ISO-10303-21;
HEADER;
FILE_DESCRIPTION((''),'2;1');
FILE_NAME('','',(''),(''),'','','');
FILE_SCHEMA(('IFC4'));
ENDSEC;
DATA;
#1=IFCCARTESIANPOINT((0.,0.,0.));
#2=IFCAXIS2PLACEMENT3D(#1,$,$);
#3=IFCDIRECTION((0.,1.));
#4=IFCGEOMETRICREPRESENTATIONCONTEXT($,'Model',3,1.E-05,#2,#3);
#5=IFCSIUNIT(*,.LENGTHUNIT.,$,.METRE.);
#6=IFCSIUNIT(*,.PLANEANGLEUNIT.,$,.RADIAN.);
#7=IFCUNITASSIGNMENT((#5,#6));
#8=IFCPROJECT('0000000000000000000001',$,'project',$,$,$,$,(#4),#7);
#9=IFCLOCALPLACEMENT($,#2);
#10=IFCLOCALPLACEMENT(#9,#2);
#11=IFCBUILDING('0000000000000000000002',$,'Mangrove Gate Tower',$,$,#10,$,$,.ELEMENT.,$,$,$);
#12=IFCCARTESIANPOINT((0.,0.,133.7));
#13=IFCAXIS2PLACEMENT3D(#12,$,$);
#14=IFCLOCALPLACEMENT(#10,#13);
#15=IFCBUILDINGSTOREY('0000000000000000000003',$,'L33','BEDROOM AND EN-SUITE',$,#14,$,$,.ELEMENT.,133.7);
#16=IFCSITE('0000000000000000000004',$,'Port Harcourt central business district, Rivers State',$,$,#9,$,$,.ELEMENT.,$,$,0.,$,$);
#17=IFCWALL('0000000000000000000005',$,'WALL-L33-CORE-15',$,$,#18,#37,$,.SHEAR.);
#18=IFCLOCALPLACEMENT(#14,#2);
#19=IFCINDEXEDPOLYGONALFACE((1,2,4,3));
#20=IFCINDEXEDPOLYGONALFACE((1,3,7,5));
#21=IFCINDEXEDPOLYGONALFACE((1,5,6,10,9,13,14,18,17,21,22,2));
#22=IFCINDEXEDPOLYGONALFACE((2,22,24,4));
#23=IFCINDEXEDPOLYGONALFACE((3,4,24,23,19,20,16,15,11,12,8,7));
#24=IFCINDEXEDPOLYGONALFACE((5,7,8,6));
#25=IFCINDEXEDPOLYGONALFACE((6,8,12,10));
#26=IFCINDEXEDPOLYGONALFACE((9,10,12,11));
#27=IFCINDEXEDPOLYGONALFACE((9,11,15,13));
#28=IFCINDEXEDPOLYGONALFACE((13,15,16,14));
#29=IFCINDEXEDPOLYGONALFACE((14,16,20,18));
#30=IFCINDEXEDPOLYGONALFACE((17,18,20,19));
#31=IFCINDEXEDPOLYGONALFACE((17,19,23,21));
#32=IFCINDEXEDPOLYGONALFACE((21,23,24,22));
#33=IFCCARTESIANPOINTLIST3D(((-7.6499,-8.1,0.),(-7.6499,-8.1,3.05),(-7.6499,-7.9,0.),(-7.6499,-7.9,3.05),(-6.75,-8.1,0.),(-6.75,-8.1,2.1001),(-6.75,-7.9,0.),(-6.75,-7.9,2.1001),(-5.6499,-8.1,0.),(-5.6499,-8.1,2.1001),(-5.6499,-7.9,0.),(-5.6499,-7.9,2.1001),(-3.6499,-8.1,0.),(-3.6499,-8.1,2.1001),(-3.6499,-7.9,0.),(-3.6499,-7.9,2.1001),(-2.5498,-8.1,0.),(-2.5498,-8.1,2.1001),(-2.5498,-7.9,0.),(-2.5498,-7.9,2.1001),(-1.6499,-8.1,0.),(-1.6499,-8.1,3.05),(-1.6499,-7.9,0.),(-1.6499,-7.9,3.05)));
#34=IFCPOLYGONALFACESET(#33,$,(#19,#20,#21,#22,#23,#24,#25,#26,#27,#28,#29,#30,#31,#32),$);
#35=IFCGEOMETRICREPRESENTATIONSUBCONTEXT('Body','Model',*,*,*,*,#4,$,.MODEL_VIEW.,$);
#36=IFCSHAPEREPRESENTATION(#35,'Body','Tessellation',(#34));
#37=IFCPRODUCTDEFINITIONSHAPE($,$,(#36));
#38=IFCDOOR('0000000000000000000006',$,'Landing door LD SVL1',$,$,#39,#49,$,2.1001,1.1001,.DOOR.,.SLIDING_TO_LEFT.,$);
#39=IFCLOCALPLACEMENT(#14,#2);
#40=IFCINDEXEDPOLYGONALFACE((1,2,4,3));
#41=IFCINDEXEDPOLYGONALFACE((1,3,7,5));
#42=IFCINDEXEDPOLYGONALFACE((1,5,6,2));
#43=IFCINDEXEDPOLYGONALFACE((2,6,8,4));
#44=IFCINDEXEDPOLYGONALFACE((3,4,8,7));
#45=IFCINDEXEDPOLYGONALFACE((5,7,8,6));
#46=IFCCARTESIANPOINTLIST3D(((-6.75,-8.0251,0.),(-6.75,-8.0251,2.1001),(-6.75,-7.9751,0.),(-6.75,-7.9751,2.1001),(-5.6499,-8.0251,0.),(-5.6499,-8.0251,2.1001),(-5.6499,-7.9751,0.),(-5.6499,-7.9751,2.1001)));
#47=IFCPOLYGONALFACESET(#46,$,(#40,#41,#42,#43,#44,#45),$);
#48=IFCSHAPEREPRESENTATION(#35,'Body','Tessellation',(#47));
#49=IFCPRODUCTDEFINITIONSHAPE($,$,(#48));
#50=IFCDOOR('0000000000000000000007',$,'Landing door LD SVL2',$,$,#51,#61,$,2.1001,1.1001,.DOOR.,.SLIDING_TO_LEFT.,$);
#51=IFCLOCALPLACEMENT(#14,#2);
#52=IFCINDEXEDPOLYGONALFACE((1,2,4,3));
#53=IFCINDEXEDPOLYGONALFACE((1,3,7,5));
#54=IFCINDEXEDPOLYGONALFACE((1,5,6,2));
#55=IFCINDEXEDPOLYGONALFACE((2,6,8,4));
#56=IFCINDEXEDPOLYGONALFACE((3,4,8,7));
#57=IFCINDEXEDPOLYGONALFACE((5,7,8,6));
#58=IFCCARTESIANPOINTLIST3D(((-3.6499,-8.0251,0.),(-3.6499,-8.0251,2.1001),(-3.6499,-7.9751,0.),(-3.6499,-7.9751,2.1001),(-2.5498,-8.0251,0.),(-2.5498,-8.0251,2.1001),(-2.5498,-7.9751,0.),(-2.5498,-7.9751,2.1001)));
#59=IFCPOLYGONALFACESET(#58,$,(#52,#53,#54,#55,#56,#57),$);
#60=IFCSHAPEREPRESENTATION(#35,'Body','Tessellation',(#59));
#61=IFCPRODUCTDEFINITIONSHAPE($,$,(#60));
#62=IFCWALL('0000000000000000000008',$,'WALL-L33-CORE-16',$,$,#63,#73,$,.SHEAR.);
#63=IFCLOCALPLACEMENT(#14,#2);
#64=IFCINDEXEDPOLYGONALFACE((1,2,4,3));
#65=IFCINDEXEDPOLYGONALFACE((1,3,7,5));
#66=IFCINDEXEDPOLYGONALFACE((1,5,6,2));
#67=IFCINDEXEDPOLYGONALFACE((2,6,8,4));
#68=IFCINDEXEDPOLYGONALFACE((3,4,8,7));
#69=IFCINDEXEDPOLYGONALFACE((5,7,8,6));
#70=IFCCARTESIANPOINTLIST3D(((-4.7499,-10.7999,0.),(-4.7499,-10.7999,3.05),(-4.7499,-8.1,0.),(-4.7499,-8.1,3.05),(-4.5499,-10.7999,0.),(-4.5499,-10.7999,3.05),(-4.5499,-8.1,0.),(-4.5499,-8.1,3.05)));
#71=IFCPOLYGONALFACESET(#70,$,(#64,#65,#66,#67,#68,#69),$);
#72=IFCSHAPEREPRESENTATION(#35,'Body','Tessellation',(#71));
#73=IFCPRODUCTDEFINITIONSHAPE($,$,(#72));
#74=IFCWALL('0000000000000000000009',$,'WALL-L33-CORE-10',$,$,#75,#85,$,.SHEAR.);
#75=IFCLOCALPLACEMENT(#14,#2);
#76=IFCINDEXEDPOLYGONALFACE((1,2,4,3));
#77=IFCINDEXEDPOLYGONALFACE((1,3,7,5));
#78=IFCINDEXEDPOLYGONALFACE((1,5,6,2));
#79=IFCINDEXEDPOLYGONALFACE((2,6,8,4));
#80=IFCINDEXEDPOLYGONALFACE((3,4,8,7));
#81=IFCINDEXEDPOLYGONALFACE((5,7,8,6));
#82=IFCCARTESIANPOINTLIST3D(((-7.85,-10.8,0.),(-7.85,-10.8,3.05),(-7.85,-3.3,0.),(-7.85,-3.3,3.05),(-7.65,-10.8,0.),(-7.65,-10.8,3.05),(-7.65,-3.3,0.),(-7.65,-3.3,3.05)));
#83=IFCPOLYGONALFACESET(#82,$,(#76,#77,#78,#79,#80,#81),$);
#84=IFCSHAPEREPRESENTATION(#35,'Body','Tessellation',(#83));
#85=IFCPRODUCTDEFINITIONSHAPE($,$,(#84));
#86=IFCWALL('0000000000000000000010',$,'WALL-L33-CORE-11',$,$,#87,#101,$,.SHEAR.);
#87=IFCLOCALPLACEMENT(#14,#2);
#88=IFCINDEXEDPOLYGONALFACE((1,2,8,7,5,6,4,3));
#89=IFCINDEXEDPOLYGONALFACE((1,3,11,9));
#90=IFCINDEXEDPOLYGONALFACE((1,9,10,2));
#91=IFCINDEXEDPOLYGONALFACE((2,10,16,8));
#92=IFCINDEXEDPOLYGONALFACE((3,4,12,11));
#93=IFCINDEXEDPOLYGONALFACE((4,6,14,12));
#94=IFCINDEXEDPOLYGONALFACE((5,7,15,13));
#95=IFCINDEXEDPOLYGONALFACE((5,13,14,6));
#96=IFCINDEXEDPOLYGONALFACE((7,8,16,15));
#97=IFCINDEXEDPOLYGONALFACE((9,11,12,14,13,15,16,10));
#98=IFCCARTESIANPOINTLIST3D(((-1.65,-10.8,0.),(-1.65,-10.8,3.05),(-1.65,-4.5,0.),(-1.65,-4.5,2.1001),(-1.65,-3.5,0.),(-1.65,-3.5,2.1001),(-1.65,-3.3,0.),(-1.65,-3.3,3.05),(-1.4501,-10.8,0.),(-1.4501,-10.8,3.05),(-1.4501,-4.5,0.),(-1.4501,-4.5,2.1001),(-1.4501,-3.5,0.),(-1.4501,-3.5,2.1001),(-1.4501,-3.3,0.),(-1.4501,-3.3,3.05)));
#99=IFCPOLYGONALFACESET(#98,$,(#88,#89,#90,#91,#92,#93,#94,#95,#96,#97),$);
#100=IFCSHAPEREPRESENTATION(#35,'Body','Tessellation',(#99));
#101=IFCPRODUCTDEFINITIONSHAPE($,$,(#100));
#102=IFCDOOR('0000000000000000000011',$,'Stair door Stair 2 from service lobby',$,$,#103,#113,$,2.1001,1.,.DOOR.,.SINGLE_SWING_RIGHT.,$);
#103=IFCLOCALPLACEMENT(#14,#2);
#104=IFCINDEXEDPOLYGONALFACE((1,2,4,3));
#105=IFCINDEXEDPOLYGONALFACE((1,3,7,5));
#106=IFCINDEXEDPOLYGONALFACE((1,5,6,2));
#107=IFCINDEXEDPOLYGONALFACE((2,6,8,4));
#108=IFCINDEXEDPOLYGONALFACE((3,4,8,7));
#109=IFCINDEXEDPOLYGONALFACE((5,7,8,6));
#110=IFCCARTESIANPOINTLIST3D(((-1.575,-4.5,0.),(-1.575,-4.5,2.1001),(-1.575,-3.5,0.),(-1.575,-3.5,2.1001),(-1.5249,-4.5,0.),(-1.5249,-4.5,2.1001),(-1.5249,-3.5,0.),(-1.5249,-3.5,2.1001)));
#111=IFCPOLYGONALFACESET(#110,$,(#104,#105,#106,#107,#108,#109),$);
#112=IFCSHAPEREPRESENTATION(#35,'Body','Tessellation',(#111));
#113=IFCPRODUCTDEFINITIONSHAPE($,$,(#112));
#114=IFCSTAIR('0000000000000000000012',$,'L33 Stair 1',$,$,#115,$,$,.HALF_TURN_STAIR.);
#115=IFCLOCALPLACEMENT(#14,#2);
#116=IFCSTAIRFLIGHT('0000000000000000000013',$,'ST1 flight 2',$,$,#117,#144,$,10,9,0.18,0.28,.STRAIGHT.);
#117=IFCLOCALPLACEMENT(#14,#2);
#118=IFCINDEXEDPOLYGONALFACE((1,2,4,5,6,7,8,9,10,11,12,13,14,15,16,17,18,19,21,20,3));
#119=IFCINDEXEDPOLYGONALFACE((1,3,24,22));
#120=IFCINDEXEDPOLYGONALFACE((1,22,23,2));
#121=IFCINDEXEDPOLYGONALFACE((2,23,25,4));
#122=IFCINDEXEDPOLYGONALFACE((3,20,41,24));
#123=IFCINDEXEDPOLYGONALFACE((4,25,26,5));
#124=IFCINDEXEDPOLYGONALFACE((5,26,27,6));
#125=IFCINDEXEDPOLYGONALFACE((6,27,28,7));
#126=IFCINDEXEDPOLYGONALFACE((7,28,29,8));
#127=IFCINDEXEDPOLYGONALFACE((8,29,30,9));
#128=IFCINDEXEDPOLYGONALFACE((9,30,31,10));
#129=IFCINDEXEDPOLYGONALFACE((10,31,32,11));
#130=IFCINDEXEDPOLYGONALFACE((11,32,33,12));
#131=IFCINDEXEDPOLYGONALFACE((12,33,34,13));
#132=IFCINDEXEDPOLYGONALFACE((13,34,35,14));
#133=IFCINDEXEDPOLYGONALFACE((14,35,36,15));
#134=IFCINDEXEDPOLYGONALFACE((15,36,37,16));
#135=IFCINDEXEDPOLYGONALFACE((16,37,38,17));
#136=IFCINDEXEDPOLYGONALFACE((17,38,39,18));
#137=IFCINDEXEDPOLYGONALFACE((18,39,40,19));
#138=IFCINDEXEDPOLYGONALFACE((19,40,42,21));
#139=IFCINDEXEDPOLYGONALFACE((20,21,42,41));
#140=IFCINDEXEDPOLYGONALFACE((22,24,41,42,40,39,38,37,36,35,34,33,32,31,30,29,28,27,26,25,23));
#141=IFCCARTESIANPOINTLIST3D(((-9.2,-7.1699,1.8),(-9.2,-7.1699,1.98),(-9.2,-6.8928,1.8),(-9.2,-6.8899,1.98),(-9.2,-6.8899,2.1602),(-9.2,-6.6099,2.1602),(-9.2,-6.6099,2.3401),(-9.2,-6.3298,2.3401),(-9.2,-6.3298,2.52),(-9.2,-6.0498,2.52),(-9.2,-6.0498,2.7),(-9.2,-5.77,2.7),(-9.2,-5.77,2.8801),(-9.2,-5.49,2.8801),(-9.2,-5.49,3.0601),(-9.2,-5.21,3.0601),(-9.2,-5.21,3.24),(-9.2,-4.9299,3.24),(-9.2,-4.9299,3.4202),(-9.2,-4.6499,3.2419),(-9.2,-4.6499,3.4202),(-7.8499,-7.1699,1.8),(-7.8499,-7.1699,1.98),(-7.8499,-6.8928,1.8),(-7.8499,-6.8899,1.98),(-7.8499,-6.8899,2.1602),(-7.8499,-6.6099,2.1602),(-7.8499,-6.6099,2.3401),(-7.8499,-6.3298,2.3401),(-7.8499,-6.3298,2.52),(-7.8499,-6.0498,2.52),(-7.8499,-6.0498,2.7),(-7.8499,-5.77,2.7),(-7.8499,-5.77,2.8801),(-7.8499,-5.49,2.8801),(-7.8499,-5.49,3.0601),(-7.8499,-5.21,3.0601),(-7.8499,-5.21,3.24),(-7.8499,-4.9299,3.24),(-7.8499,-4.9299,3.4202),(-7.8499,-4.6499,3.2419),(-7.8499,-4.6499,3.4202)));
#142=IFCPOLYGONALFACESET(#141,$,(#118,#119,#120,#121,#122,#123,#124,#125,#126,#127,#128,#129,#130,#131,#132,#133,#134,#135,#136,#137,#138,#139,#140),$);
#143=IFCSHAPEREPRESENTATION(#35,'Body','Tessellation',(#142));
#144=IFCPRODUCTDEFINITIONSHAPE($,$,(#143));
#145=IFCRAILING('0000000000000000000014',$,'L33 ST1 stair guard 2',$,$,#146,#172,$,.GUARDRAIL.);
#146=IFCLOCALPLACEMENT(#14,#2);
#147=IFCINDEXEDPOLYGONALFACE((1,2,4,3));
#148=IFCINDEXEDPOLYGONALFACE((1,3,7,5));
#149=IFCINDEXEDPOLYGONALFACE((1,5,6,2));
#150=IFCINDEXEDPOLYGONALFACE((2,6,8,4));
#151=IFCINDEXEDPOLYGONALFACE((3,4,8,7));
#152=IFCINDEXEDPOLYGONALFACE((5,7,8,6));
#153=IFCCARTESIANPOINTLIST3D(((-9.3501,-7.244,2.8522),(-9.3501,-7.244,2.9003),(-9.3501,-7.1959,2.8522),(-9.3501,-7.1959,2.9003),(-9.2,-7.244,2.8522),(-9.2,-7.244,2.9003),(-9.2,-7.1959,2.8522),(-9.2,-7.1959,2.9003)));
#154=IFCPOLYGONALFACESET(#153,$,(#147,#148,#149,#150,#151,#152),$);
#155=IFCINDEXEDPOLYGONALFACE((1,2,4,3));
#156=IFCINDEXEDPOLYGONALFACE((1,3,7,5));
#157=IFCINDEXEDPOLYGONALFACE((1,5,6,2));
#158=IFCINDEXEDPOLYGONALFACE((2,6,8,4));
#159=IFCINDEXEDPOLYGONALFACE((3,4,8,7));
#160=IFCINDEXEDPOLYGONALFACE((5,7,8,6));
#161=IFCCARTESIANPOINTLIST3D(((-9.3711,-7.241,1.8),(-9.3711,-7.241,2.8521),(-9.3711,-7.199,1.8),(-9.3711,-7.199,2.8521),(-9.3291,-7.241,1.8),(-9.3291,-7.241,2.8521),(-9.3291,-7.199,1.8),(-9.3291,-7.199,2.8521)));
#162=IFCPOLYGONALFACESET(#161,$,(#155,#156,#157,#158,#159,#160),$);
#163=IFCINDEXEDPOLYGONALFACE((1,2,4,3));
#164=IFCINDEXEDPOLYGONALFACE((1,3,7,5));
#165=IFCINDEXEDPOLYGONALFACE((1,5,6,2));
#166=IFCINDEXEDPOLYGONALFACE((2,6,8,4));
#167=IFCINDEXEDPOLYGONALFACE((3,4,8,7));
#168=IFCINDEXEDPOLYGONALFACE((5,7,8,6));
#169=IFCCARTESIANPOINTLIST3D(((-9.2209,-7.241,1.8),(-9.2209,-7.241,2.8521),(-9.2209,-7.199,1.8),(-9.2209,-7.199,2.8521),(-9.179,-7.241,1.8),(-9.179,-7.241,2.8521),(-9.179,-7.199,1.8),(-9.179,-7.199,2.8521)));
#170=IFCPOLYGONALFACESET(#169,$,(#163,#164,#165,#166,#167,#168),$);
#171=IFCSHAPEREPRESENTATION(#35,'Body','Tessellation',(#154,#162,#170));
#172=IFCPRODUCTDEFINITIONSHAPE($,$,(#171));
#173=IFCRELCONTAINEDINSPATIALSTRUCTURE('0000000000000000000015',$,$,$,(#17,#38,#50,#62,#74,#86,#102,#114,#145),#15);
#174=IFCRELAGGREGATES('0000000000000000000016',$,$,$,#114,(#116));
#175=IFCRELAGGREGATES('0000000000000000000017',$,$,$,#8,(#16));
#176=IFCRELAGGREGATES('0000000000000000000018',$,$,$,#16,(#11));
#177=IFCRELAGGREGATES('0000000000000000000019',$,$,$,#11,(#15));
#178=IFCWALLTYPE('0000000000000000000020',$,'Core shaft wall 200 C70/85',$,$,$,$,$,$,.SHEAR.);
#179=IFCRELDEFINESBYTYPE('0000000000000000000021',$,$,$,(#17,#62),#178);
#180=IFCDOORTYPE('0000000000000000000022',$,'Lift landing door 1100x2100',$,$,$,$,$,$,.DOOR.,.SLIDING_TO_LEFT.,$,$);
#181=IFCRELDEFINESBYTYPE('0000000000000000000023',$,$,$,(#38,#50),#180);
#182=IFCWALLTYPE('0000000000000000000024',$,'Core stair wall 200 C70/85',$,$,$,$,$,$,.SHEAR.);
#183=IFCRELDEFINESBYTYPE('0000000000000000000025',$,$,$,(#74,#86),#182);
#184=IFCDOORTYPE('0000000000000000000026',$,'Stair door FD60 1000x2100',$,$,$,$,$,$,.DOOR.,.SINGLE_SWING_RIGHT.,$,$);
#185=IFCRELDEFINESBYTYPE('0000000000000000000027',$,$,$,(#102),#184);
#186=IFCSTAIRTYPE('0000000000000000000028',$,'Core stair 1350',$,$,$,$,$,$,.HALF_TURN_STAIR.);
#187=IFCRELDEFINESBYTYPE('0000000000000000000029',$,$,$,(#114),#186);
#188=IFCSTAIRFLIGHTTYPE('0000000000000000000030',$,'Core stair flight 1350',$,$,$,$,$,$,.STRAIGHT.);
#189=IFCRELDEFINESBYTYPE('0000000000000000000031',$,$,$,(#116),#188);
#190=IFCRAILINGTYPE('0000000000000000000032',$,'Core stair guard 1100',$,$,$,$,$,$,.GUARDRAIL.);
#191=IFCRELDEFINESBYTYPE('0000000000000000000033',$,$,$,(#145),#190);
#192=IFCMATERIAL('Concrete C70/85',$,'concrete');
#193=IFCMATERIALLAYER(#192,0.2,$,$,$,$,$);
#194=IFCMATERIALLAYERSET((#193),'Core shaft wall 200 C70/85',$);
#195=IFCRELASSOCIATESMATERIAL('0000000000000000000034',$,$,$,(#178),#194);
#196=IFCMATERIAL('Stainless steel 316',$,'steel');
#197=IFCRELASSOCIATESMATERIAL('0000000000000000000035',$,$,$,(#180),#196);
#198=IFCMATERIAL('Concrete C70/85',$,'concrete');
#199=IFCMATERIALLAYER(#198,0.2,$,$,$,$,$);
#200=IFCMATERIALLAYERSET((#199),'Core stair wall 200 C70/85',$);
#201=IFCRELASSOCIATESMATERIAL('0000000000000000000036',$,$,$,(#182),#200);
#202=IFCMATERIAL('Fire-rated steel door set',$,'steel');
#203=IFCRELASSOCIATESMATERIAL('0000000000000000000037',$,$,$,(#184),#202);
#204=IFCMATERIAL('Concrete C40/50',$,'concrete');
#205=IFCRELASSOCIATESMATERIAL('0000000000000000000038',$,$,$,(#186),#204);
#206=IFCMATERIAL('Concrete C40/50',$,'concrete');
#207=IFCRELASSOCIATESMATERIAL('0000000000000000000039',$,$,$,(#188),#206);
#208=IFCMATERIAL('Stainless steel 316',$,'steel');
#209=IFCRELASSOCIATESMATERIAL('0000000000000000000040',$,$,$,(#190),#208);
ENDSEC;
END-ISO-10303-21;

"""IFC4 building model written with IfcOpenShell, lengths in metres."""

from ifc_helpers import new_model, si_unit, direction, frame, frame_2d, origin, origin_2d, place, context, subcontext, project, spatial, polyline, rectangle, outline, extrude, material, layer, layer_set, type_object, element, fill, aggregate, save


model = new_model("IFC4")

# Units and contexts
model_context = context("Model", 3, precision=1e-05, world=origin(), true_north=direction((0.0, 1.0)))
body_context = subcontext(model_context, "Body", "Model", "MODEL_VIEW")
ifc_project = project(units=[si_unit("LENGTHUNIT", "METRE"), si_unit("PLANEANGLEUNIT", "RADIAN")], contexts=[model_context])

# Site, building, storey
site_placement = place(None, origin())
site = spatial("IfcSite", under=ifc_project, at=site_placement, Name="Port Harcourt central business district, Rivers State", CompositionType="ELEMENT", RefElevation=0.0)
building_placement = place(site_placement, origin())
building = spatial("IfcBuilding", under=site, at=building_placement, Name="Mangrove Gate Tower", CompositionType="ELEMENT")
storey_placement = place(building_placement, frame((0.0, 0.0, 133.7)))
storey = spatial("IfcBuildingStorey", under=building, at=storey_placement, Name="L33", Description="BEDROOM AND EN-SUITE", CompositionType="ELEMENT", Elevation=133.7)

# Wall, openings, doors
ifc_material_1 = material(Name="Concrete C70/85", Category="concrete")
ifc_layer_1 = layer(ifc_material_1, 0.2)
ifc_layer_set_1 = layer_set([ifc_layer_1], Name="Core shaft wall 200 C70/85")
wall_type_1 = type_object("IfcWallType", Name="Core shaft wall 200 C70/85", PredefinedType="SHEAR", material=ifc_layer_set_1)
wall_1_placement = place(storey_placement, frame((-7.6499, -8.0, 0.0), z_axis=(0.0, 0.0, 1.0), x_axis=(1.0, 0.0, 0.0)))
wall_1 = element("IfcWall", 1, at=wall_1_placement, inside=storey, type_object=wall_type_1, Name="WALL-L33-CORE-15", PredefinedType="SHEAR", context=body_context, shape_type="SweptSolid", body=[
    extrude(rectangle(XDim=6.0, YDim=0.2, at=frame_2d((3.0, 0.0))), origin(), (0.0, 0.0, 1.0), 3.05),
])
opening_1_placement = place(wall_1_placement, frame((0.8999, 0.0, 0.0)))
opening_1 = element("IfcOpeningElement", 2, at=opening_1_placement, cuts=wall_1, PredefinedType="OPENING", context=body_context, shape_type="SweptSolid", body=[
    extrude(rectangle(XDim=1.1001, YDim=2.1001, at=frame_2d((0.55, 1.05))), frame((0.0, 0.1099, 0.0), z_axis=(0.0, -1.0, 0.0), x_axis=(1.0, 0.0, 0.0)), (0.0, 0.0, 1.0), 0.22),
])
opening_2_placement = place(wall_1_placement, frame((4.0, 0.0, 0.0)))
opening_2 = element("IfcOpeningElement", 3, at=opening_2_placement, cuts=wall_1, PredefinedType="OPENING", context=body_context, shape_type="SweptSolid", body=[
    extrude(rectangle(XDim=1.1001, YDim=2.1001, at=frame_2d((0.55, 1.05))), frame((0.0, 0.1099, 0.0), z_axis=(0.0, -1.0, 0.0), x_axis=(1.0, 0.0, 0.0)), (0.0, 0.0, 1.0), 0.22),
])
ifc_material_2 = material(Name="Stainless steel 316", Category="steel")
door_type_1 = type_object("IfcDoorType", Name="Lift landing door 1100x2100", OperationType="SLIDING_TO_LEFT", PredefinedType="DOOR", material=ifc_material_2)
door_1_placement = place(opening_1_placement, origin())
door_1 = element("IfcDoor", 4, at=door_1_placement, inside=storey, type_object=door_type_1, Name="Landing door LD SVL1", OperationType="SLIDING_TO_LEFT", OverallHeight=2.1001, OverallWidth=1.1001, PredefinedType="DOOR", context=body_context, shape_type="SweptSolid", body=[
    extrude(rectangle(XDim=1.1001, YDim=2.1001, at=frame_2d((0.55, 1.05))), frame((0.0, 0.0249, 0.0), z_axis=(0.0, -1.0, 0.0), x_axis=(1.0, 0.0, 0.0)), (0.0, 0.0, 1.0), 0.05),
])
fill(opening_1, door_1)
door_2_placement = place(opening_2_placement, origin())
door_2 = element("IfcDoor", 5, at=door_2_placement, inside=storey, type_object=door_type_1, Name="Landing door LD SVL2", OperationType="SLIDING_TO_LEFT", OverallHeight=2.1001, OverallWidth=1.1001, PredefinedType="DOOR", context=body_context, shape_type="SweptSolid", body=[
    extrude(rectangle(XDim=1.1001, YDim=2.1001, at=frame_2d((0.55, 1.05))), frame((0.0, 0.0249, 0.0), z_axis=(0.0, -1.0, 0.0), x_axis=(1.0, 0.0, 0.0)), (0.0, 0.0, 1.0), 0.05),
])
fill(opening_2, door_2)

# Walls
wall_2_placement = place(storey_placement, frame((-4.6499, -10.8, 0.0), z_axis=(0.0, 0.0, 1.0), x_axis=(0.0, 1.0, 0.0)))
element("IfcWall", 6, at=wall_2_placement, inside=storey, type_object=wall_type_1, Name="WALL-L33-CORE-16", PredefinedType="SHEAR", context=body_context, shape_type="SweptSolid", body=[
    extrude(rectangle(XDim=2.7, YDim=0.2, at=frame_2d((1.3501, 0.0))), origin(), (0.0, 0.0, 1.0), 3.05),
])
ifc_material_3 = material(Name="Concrete C70/85", Category="concrete")
ifc_layer_2 = layer(ifc_material_3, 0.2)
ifc_layer_set_2 = layer_set([ifc_layer_2], Name="Core stair wall 200 C70/85")
wall_type_2 = type_object("IfcWallType", Name="Core stair wall 200 C70/85", PredefinedType="SHEAR", material=ifc_layer_set_2)
wall_3_placement = place(storey_placement, frame((-7.75, -10.8, 0.0), z_axis=(0.0, 0.0, 1.0), x_axis=(0.0, 1.0, 0.0)))
element("IfcWall", 7, at=wall_3_placement, inside=storey, type_object=wall_type_2, Name="WALL-L33-CORE-10", PredefinedType="SHEAR", context=body_context, shape_type="SweptSolid", body=[
    extrude(rectangle(XDim=7.5, YDim=0.2, at=frame_2d((3.75, 0.0))), origin(), (0.0, 0.0, 1.0), 3.05),
])

# Wall, opening, door
wall_4_placement = place(storey_placement, frame((-1.55, -10.8, 0.0), z_axis=(0.0, 0.0, 1.0), x_axis=(0.0, 1.0, 0.0)))
wall_4 = element("IfcWall", 8, at=wall_4_placement, inside=storey, type_object=wall_type_2, Name="WALL-L33-CORE-11", PredefinedType="SHEAR", context=body_context, shape_type="SweptSolid", body=[
    extrude(rectangle(XDim=7.5, YDim=0.2, at=frame_2d((3.75, 0.0))), origin(), (0.0, 0.0, 1.0), 3.05),
])
opening_3_placement = place(wall_4_placement, frame((6.3, 0.0, 0.0)))
opening_3 = element("IfcOpeningElement", 9, at=opening_3_placement, cuts=wall_4, PredefinedType="OPENING", context=body_context, shape_type="SweptSolid", body=[
    extrude(rectangle(XDim=1.0, YDim=2.1001, at=frame_2d((0.5, 1.05))), frame((0.0, 0.1099, 0.0), z_axis=(0.0, -1.0, 0.0), x_axis=(1.0, 0.0, 0.0)), (0.0, 0.0, 1.0), 0.22),
])
ifc_material_4 = material(Name="Fire-rated steel door set", Category="steel")
door_type_2 = type_object("IfcDoorType", Name="Stair door FD60 1000x2100", OperationType="SINGLE_SWING_RIGHT", PredefinedType="DOOR", material=ifc_material_4)
door_3_placement = place(opening_3_placement, origin())
door_3 = element("IfcDoor", 10, at=door_3_placement, inside=storey, type_object=door_type_2, Name="Stair door Stair 2 from service lobby", OperationType="SINGLE_SWING_RIGHT", OverallHeight=2.1001, OverallWidth=1.0, PredefinedType="DOOR", context=body_context, shape_type="SweptSolid", body=[
    extrude(rectangle(XDim=1.0, YDim=2.1001, at=frame_2d((0.5, 1.05))), frame((0.0, 0.0249, 0.0), z_axis=(0.0, -1.0, 0.0), x_axis=(1.0, 0.0, 0.0)), (0.0, 0.0, 1.0), 0.05),
])
fill(opening_3, door_3)

# Stair, stair flight
ifc_material_5 = material(Name="Concrete C40/50", Category="concrete")
stair_type = type_object("IfcStairType", Name="Core stair 1350", PredefinedType="HALF_TURN_STAIR", material=ifc_material_5)
stair_placement = place(storey_placement, origin())
stair = element("IfcStair", 11, at=stair_placement, inside=storey, type_object=stair_type, Name="L33 Stair 1", PredefinedType="HALF_TURN_STAIR")
ifc_material_6 = material(Name="Concrete C40/50", Category="concrete")
stair_flight_type = type_object("IfcStairFlightType", Name="Core stair flight 1350", PredefinedType="STRAIGHT", material=ifc_material_6)
stair_flight_placement = place(storey_placement, frame((-8.5249, -7.1699, 1.8), z_axis=(0.0, 0.0, 1.0), x_axis=(0.0, 1.0, 0.0)))
stair_flight = element("IfcStairFlight", 12, at=stair_flight_placement, type_object=stair_flight_type, Name="ST1 flight 2", NumberOfRisers=10, NumberOfTreads=9, PredefinedType="STRAIGHT", RiserHeight=0.18, TreadLength=0.28, context=body_context, shape_type="SweptSolid", body=[
    extrude(outline(polyline([(0.0, 0.0), (0.0, 0.1799), (0.28, 0.1799), (0.28, 0.3601), (0.5601, 0.3601), (0.5601, 0.54), (0.8401, 0.54), (0.8401, 0.72), (1.1201, 0.72), (1.1201, 0.8999), (1.3999, 0.8999), (1.3999, 1.0801), (1.6799, 1.0801), (1.6799, 1.26), (1.96, 1.26), (1.96, 1.4399), (2.24, 1.4399), (2.24, 1.6201), (2.52, 1.6201), (2.52, 1.8), (2.52, 1.4419), (0.2771, 0.0), (0.0, 0.0)])), frame((0.0, 0.675, 0.0), z_axis=(0.0, -1.0, 0.0), x_axis=(1.0, 0.0, 0.0)), (0.0, 0.0, 1.0), 1.3501),
])
aggregate(stair, [stair_flight])

# Railing
ifc_material_7 = material(Name="Stainless steel 316", Category="steel")
railing_type_1 = type_object("IfcRailingType", Name="Core stair guard 1100", PredefinedType="GUARDRAIL", material=ifc_material_7)
railing_1_placement = place(storey_placement, frame((-9.3501, -7.22, 1.8)))
element("IfcRailing", 13, at=railing_1_placement, inside=storey, type_object=railing_type_1, Name="L33 ST1 stair guard 2", PredefinedType="GUARDRAIL", context=body_context, shape_type="SweptSolid", body=[
    extrude(rectangle(XDim=0.0481, YDim=0.0481, at=origin_2d()), frame((0.0, 0.0, 1.0762), z_axis=(1.0, 0.0, 0.0), x_axis=(0.0, 1.0, 0.0)), (0.0, 0.0, 1.0), 0.1501),
    extrude(rectangle(XDim=0.042, YDim=0.042, at=origin_2d()), origin(), (0.0, 0.0, 1.0), 1.052),
    extrude(rectangle(XDim=0.042, YDim=0.042, at=origin_2d()), frame((0.1501, 0.0, 0.0)), (0.0, 0.0, 1.0), 1.052),
])

save(model, "model.ifc")
